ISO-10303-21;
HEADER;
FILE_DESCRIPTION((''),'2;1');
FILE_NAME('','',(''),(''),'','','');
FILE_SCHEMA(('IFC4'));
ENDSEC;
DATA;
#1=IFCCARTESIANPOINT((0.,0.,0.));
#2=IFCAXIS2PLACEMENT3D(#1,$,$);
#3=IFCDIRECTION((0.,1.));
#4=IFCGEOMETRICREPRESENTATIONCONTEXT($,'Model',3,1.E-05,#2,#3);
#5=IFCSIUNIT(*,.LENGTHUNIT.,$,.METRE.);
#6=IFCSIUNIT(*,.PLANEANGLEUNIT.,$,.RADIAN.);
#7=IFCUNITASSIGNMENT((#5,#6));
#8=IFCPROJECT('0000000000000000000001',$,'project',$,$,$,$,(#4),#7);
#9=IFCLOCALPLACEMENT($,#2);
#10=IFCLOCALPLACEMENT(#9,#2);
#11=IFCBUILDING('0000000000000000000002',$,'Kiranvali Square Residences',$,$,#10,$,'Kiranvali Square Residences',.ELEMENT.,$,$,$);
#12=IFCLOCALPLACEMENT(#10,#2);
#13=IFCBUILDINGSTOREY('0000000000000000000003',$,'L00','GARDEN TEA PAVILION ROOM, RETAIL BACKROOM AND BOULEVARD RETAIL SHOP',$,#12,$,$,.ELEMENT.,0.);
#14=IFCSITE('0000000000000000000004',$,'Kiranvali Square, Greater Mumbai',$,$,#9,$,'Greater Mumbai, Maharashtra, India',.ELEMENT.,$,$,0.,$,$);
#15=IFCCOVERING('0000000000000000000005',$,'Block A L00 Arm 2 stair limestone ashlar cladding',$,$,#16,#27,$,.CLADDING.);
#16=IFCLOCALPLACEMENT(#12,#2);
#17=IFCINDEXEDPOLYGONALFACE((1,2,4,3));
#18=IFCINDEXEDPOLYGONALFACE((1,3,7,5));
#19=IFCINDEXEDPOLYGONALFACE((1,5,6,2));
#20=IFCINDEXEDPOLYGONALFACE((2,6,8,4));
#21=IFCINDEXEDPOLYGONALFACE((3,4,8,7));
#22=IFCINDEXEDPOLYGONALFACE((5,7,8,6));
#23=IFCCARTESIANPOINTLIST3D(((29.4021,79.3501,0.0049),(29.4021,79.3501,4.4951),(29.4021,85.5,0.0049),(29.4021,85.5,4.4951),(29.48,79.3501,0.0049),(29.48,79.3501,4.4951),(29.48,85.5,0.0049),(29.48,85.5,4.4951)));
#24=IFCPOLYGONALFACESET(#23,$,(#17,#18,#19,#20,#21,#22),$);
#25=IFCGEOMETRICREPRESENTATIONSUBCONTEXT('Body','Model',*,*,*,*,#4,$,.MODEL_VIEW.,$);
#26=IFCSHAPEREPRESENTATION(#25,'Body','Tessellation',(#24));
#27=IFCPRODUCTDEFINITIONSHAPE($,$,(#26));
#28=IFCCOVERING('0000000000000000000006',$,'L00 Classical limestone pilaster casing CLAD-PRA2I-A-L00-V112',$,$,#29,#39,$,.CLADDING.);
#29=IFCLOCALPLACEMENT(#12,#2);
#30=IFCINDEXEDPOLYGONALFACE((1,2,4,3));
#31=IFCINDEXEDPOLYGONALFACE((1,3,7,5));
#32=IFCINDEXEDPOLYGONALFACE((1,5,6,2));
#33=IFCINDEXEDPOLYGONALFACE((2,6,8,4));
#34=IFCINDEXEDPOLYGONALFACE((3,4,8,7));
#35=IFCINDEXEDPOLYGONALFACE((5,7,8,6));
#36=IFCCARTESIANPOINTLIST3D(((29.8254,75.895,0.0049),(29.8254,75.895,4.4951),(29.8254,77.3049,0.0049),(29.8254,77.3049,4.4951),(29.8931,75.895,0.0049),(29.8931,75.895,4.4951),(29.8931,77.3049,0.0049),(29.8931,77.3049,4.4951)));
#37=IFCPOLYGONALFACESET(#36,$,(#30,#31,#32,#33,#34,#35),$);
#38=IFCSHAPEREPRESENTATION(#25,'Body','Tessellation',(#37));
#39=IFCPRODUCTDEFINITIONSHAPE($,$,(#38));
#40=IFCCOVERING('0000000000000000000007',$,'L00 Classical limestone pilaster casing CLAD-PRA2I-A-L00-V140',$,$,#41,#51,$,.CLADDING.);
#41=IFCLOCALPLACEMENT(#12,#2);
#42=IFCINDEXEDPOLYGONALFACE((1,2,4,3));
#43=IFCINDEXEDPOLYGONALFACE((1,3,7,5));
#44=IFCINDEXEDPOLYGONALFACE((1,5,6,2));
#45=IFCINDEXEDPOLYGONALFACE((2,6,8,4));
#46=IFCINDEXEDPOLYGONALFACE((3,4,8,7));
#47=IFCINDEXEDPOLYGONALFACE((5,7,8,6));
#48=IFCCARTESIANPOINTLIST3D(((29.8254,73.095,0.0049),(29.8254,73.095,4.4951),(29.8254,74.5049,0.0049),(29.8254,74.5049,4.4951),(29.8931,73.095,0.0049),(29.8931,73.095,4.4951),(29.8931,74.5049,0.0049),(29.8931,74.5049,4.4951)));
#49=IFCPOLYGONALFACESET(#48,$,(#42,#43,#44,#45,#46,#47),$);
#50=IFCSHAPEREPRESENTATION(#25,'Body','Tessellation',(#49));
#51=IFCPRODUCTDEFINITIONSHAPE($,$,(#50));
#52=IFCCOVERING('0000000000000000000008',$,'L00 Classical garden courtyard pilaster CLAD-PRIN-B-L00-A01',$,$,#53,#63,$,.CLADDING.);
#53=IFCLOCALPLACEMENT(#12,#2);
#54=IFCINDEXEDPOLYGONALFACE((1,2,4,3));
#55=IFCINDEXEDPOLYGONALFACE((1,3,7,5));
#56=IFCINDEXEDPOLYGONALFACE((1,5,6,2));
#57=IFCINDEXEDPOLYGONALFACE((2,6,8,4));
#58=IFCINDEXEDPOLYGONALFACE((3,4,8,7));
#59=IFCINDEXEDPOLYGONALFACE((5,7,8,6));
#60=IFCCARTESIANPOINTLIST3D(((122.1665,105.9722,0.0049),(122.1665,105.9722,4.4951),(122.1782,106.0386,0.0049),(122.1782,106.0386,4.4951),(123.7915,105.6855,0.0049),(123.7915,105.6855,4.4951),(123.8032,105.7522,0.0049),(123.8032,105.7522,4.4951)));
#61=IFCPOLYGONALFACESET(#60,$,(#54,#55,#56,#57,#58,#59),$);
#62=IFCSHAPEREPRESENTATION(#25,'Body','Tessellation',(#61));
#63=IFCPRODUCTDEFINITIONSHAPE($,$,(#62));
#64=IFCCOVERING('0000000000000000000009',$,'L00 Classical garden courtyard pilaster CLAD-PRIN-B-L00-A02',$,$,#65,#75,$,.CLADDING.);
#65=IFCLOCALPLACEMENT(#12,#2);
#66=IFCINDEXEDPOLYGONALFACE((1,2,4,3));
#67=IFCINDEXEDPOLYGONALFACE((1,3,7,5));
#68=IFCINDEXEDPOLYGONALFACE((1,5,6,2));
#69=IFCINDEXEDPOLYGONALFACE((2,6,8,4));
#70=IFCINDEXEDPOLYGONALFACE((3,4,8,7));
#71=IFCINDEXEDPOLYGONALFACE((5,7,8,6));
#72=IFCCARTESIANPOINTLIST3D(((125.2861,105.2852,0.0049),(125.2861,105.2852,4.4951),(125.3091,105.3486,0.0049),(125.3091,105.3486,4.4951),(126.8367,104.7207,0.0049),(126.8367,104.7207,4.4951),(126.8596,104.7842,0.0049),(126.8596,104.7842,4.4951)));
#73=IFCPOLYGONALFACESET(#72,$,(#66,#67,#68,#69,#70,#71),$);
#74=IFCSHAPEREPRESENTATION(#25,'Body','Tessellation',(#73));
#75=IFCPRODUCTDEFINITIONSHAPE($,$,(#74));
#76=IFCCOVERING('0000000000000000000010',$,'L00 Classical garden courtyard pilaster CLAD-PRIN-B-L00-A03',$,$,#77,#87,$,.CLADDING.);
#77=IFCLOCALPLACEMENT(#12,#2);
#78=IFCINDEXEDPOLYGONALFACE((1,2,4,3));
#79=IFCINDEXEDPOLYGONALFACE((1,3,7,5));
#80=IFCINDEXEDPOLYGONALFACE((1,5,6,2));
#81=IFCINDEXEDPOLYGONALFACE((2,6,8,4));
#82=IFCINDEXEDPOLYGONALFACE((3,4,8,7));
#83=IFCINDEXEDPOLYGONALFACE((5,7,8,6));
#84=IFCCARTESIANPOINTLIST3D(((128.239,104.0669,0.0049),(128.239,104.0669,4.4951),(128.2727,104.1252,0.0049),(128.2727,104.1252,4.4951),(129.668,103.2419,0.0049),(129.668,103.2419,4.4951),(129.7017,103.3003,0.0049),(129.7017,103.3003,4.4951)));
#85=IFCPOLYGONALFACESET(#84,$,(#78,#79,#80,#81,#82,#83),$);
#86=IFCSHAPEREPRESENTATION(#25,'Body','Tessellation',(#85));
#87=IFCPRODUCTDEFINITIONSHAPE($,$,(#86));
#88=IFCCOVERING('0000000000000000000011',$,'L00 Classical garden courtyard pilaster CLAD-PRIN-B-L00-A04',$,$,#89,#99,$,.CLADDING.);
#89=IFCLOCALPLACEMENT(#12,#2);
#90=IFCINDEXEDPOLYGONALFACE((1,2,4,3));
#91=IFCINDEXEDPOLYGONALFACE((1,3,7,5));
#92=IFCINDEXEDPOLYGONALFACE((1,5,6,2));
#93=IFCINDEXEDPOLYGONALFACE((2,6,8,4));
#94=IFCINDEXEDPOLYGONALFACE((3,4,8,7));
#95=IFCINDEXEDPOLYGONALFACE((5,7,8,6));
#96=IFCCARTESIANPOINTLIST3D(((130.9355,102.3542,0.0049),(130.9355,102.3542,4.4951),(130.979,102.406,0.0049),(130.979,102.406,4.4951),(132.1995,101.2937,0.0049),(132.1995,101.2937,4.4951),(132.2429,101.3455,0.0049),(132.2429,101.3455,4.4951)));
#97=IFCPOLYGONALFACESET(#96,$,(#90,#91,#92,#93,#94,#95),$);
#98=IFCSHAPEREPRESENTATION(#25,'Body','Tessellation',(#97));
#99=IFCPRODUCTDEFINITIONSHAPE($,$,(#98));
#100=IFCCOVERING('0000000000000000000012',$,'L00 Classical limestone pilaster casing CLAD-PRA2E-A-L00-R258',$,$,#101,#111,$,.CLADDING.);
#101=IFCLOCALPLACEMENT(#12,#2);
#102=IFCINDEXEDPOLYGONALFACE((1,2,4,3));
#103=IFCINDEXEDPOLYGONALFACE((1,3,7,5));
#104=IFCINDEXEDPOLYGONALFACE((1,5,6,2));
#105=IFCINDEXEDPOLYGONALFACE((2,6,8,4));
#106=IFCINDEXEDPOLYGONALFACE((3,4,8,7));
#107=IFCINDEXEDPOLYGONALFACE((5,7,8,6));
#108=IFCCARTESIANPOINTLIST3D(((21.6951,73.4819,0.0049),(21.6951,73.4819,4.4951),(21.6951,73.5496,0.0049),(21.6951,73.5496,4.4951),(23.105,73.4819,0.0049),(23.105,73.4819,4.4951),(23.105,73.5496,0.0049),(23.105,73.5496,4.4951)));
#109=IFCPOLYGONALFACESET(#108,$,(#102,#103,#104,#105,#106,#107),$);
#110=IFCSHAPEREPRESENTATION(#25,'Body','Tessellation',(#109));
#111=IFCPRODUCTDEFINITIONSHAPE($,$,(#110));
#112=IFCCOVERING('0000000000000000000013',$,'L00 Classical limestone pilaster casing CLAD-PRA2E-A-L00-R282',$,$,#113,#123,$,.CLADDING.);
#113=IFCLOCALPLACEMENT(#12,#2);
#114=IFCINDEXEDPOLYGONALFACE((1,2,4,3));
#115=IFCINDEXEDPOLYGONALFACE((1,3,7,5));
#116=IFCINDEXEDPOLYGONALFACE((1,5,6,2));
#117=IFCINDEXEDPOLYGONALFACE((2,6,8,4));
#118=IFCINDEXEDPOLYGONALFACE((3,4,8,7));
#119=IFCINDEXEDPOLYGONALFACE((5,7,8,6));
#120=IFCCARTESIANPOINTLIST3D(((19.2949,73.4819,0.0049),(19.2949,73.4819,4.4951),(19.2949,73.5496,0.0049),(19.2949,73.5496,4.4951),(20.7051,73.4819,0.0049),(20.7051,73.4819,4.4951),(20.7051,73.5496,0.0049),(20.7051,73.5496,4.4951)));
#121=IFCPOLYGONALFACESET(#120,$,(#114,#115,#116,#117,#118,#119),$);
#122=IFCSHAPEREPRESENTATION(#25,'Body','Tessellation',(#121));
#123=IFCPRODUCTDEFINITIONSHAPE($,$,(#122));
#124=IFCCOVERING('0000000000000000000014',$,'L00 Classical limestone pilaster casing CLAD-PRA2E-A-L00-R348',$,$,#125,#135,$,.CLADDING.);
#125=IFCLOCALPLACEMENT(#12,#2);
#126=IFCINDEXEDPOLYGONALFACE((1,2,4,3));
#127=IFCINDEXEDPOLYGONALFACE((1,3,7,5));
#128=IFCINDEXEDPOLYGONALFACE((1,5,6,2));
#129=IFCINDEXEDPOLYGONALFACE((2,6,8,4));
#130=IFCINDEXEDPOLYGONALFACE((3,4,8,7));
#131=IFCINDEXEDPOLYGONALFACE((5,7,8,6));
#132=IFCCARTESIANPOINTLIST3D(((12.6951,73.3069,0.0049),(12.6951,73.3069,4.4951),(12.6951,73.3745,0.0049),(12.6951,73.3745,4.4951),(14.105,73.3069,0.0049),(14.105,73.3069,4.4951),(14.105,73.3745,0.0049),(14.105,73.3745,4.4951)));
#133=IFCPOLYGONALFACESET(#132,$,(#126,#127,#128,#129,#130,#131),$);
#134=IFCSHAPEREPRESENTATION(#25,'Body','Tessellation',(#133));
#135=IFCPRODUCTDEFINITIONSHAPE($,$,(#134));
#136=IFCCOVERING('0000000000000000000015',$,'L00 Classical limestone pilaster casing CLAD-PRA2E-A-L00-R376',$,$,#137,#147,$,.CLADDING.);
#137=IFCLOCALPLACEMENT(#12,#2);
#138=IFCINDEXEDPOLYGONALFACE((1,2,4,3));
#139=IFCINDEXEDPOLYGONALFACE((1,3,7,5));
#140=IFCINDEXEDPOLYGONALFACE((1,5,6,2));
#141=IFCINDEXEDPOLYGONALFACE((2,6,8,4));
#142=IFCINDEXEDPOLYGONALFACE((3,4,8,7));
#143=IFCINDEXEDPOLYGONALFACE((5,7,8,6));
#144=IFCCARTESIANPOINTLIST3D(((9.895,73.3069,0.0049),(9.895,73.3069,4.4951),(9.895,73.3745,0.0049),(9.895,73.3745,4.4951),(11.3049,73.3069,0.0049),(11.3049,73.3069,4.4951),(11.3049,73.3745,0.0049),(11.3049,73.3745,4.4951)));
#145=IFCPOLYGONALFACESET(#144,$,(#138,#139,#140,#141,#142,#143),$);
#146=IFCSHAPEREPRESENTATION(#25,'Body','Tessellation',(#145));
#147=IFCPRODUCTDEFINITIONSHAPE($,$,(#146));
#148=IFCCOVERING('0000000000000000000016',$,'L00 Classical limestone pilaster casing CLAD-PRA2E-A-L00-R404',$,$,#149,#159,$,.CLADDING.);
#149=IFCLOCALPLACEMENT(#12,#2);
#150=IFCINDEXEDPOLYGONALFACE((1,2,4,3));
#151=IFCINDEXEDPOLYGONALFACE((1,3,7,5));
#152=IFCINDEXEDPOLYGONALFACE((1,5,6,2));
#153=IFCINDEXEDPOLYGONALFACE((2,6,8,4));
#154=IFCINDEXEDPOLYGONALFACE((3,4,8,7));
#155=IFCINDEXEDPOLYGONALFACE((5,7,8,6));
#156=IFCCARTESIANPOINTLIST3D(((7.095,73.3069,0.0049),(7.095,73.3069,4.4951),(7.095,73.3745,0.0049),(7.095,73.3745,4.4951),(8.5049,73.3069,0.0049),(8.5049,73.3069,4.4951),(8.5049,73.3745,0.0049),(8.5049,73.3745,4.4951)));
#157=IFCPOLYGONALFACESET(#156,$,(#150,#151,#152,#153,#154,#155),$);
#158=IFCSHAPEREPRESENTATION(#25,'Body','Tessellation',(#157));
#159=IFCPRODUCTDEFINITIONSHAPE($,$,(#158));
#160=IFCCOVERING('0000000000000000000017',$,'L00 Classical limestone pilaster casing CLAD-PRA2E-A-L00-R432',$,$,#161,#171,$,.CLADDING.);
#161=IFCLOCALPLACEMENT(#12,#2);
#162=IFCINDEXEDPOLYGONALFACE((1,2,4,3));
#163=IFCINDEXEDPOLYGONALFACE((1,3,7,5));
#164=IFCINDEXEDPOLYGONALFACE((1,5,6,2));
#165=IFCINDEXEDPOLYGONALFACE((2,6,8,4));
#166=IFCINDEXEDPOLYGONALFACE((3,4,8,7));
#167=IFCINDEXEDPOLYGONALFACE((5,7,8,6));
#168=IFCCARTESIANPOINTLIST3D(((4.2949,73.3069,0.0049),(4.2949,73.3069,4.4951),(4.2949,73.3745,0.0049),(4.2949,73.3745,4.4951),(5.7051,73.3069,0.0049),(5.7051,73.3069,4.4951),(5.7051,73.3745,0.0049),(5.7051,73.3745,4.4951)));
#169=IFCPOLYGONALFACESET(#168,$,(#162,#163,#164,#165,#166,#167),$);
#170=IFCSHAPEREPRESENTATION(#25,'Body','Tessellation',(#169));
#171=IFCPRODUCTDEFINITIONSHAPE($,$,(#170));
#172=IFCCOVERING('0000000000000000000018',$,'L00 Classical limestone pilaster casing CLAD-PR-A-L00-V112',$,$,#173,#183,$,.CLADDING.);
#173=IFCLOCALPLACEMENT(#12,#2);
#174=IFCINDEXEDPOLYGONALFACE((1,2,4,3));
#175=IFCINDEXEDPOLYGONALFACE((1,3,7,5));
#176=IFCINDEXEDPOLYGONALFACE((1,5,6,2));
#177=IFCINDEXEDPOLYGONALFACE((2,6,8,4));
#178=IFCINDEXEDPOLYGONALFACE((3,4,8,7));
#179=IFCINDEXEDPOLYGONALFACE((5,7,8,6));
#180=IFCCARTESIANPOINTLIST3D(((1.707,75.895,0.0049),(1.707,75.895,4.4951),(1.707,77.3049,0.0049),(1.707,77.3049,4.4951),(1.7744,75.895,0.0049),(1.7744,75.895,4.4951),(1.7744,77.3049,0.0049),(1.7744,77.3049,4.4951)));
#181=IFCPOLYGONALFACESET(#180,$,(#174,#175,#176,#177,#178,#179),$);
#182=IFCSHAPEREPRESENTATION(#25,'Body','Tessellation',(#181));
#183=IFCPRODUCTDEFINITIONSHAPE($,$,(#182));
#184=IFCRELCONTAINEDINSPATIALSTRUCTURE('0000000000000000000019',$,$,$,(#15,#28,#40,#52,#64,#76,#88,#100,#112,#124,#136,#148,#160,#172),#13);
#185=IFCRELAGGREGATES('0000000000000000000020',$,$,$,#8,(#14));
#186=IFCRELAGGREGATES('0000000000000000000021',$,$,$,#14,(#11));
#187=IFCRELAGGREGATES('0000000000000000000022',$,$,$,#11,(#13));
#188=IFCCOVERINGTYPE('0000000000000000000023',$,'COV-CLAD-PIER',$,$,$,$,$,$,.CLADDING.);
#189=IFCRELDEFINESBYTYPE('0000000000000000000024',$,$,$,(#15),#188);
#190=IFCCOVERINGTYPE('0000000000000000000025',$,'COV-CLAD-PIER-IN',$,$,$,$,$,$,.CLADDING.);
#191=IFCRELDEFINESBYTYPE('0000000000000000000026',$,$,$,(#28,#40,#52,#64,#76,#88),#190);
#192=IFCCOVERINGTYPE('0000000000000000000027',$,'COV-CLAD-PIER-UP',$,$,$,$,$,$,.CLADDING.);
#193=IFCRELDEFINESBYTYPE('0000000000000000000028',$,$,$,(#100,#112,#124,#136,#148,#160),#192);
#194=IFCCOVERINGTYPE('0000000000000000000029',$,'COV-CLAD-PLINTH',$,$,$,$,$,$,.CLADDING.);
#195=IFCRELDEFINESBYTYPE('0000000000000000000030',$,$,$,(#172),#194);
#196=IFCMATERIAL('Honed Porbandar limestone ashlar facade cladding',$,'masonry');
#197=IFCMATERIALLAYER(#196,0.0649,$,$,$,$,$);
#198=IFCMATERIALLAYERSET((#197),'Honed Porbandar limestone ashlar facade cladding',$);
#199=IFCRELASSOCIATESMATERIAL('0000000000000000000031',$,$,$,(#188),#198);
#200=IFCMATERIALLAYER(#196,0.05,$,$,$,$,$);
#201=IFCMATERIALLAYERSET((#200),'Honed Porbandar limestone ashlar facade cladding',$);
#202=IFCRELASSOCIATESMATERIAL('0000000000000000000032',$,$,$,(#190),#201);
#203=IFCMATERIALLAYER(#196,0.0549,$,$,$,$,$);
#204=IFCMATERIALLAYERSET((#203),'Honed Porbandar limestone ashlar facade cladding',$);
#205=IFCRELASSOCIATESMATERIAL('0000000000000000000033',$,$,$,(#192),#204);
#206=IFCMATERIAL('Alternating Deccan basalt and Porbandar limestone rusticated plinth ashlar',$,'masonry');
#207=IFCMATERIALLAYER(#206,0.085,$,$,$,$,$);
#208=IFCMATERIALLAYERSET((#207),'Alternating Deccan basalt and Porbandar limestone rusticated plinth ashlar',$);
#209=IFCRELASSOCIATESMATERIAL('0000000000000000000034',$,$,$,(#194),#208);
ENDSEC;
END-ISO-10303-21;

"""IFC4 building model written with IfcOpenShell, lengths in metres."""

from ifc_helpers import new_model, si_unit, direction, frame, origin, place, context, subcontext, project, spatial, polyline, outline, extrude, material, layer, layer_set, type_object, element, save


model = new_model("IFC4")

# Units and contexts
model_context = context("Model", 3, precision=1e-05, world=origin(), true_north=direction((0.0, 1.0)))
body_context = subcontext(model_context, "Body", "Model", "MODEL_VIEW")
ifc_project = project(units=[si_unit("LENGTHUNIT", "METRE"), si_unit("PLANEANGLEUNIT", "RADIAN")], contexts=[model_context])

# Site, building, storey
site_placement = place(None, origin())
site = spatial("IfcSite", under=ifc_project, at=site_placement, Name="Kiranvali Square, Greater Mumbai", LongName="Greater Mumbai, Maharashtra, India", CompositionType="ELEMENT", RefElevation=0.0)
building_placement = place(site_placement, origin())
building = spatial("IfcBuilding", under=site, at=building_placement, Name="Kiranvali Square Residences", LongName="Kiranvali Square Residences", CompositionType="ELEMENT")
storey_placement = place(building_placement, origin())
storey = spatial("IfcBuildingStorey", under=building, at=storey_placement, Name="L00", Description="GARDEN TEA PAVILION ROOM, RETAIL BACKROOM AND BOULEVARD RETAIL SHOP", CompositionType="ELEMENT", Elevation=0.0)

# Coverings
ifc_material_1 = material(Name="Honed Porbandar limestone ashlar facade cladding", Category="masonry")
ifc_layer_1 = layer(ifc_material_1, 0.0649)
ifc_layer_set_1 = layer_set([ifc_layer_1], Name="Honed Porbandar limestone ashlar facade cladding")
covering_type_1 = type_object("IfcCoveringType", Name="COV-CLAD-PIER", PredefinedType="CLADDING", material=ifc_layer_set_1)
covering_1_placement = place(storey_placement, frame((0.0, 0.0, 0.0049)))
element("IfcCovering", 1, at=covering_1_placement, inside=storey, type_object=covering_type_1, Name="Block A L00 Arm 2 stair limestone ashlar cladding", PredefinedType="CLADDING", context=body_context, shape_type="SweptSolid", body=[
    extrude(outline(polyline([(29.4021, 85.5), (29.4021, 79.3501), (29.48, 79.3501), (29.48, 85.5), (29.4021, 85.5)])), origin(), (0.0, 0.0, 1.0), 4.4902),
])
ifc_layer_2 = layer(ifc_material_1, 0.05)
ifc_layer_set_2 = layer_set([ifc_layer_2], Name="Honed Porbandar limestone ashlar facade cladding")
covering_type_2 = type_object("IfcCoveringType", Name="COV-CLAD-PIER-IN", PredefinedType="CLADDING", material=ifc_layer_set_2)
covering_2_placement = place(storey_placement, frame((0.0, 0.0, 0.0049)))
element("IfcCovering", 2, at=covering_2_placement, inside=storey, type_object=covering_type_2, Name="L00 Classical limestone pilaster casing CLAD-PRA2I-A-L00-V112", PredefinedType="CLADDING", context=body_context, shape_type="SweptSolid", body=[
    extrude(outline(polyline([(29.8254, 77.3049), (29.8254, 75.895), (29.8931, 75.895), (29.8931, 77.3049), (29.8254, 77.3049)])), origin(), (0.0, 0.0, 1.0), 4.4902),
])
covering_3_placement = place(storey_placement, frame((0.0, 0.0, 0.0049)))
element("IfcCovering", 3, at=covering_3_placement, inside=storey, type_object=covering_type_2, Name="L00 Classical limestone pilaster casing CLAD-PRA2I-A-L00-V140", PredefinedType="CLADDING", context=body_context, shape_type="SweptSolid", body=[
    extrude(outline(polyline([(29.8254, 74.5049), (29.8254, 73.095), (29.8931, 73.095), (29.8931, 74.5049), (29.8254, 74.5049)])), origin(), (0.0, 0.0, 1.0), 4.4902),
])
covering_4_placement = place(storey_placement, frame((0.0, 0.0, 0.0049)))
element("IfcCovering", 4, at=covering_4_placement, inside=storey, type_object=covering_type_2, Name="L00 Classical garden courtyard pilaster CLAD-PRIN-B-L00-A01", PredefinedType="CLADDING", context=body_context, shape_type="SweptSolid", body=[
    extrude(outline(polyline([(122.1665, 105.9722), (123.7915, 105.6855), (123.8032, 105.7522), (122.1782, 106.0386), (122.1665, 105.9722)])), origin(), (0.0, 0.0, 1.0), 4.4902),
])
covering_5_placement = place(storey_placement, frame((0.0, 0.0, 0.0049)))
element("IfcCovering", 5, at=covering_5_placement, inside=storey, type_object=covering_type_2, Name="L00 Classical garden courtyard pilaster CLAD-PRIN-B-L00-A02", PredefinedType="CLADDING", context=body_context, shape_type="SweptSolid", body=[
    extrude(outline(polyline([(125.2861, 105.2852), (126.8367, 104.7207), (126.8596, 104.7842), (125.3091, 105.3486), (125.2861, 105.2852)])), origin(), (0.0, 0.0, 1.0), 4.4902),
])
covering_6_placement = place(storey_placement, frame((0.0, 0.0, 0.0049)))
element("IfcCovering", 6, at=covering_6_placement, inside=storey, type_object=covering_type_2, Name="L00 Classical garden courtyard pilaster CLAD-PRIN-B-L00-A03", PredefinedType="CLADDING", context=body_context, shape_type="SweptSolid", body=[
    extrude(outline(polyline([(128.239, 104.0669), (129.668, 103.2419), (129.7017, 103.3003), (128.2727, 104.1252), (128.239, 104.0669)])), origin(), (0.0, 0.0, 1.0), 4.4902),
])
covering_7_placement = place(storey_placement, frame((0.0, 0.0, 0.0049)))
element("IfcCovering", 7, at=covering_7_placement, inside=storey, type_object=covering_type_2, Name="L00 Classical garden courtyard pilaster CLAD-PRIN-B-L00-A04", PredefinedType="CLADDING", context=body_context, shape_type="SweptSolid", body=[
    extrude(outline(polyline([(130.9355, 102.3542), (132.1995, 101.2937), (132.2429, 101.3455), (130.979, 102.406), (130.9355, 102.3542)])), origin(), (0.0, 0.0, 1.0), 4.4902),
])
ifc_layer_3 = layer(ifc_material_1, 0.0549)
ifc_layer_set_3 = layer_set([ifc_layer_3], Name="Honed Porbandar limestone ashlar facade cladding")
covering_type_3 = type_object("IfcCoveringType", Name="COV-CLAD-PIER-UP", PredefinedType="CLADDING", material=ifc_layer_set_3)
covering_8_placement = place(storey_placement, frame((0.0, 0.0, 0.0049)))
element("IfcCovering", 8, at=covering_8_placement, inside=storey, type_object=covering_type_3, Name="L00 Classical limestone pilaster casing CLAD-PRA2E-A-L00-R258", PredefinedType="CLADDING", context=body_context, shape_type="SweptSolid", body=[
    extrude(outline(polyline([(23.105, 73.5496), (21.6951, 73.5496), (21.6951, 73.4819), (23.105, 73.4819), (23.105, 73.5496)])), origin(), (0.0, 0.0, 1.0), 4.4902),
])
covering_9_placement = place(storey_placement, frame((0.0, 0.0, 0.0049)))
element("IfcCovering", 9, at=covering_9_placement, inside=storey, type_object=covering_type_3, Name="L00 Classical limestone pilaster casing CLAD-PRA2E-A-L00-R282", PredefinedType="CLADDING", context=body_context, shape_type="SweptSolid", body=[
    extrude(outline(polyline([(20.7051, 73.5496), (19.2949, 73.5496), (19.2949, 73.4819), (20.7051, 73.4819), (20.7051, 73.5496)])), origin(), (0.0, 0.0, 1.0), 4.4902),
])
covering_10_placement = place(storey_placement, frame((0.0, 0.0, 0.0049)))
element("IfcCovering", 10, at=covering_10_placement, inside=storey, type_object=covering_type_3, Name="L00 Classical limestone pilaster casing CLAD-PRA2E-A-L00-R348", PredefinedType="CLADDING", context=body_context, shape_type="SweptSolid", body=[
    extrude(outline(polyline([(14.105, 73.3745), (12.6951, 73.3745), (12.6951, 73.3069), (14.105, 73.3069), (14.105, 73.3745)])), origin(), (0.0, 0.0, 1.0), 4.4902),
])
covering_11_placement = place(storey_placement, frame((0.0, 0.0, 0.0049)))
element("IfcCovering", 11, at=covering_11_placement, inside=storey, type_object=covering_type_3, Name="L00 Classical limestone pilaster casing CLAD-PRA2E-A-L00-R376", PredefinedType="CLADDING", context=body_context, shape_type="SweptSolid", body=[
    extrude(outline(polyline([(11.3049, 73.3745), (9.895, 73.3745), (9.895, 73.3069), (11.3049, 73.3069), (11.3049, 73.3745)])), origin(), (0.0, 0.0, 1.0), 4.4902),
])
covering_12_placement = place(storey_placement, frame((0.0, 0.0, 0.0049)))
element("IfcCovering", 12, at=covering_12_placement, inside=storey, type_object=covering_type_3, Name="L00 Classical limestone pilaster casing CLAD-PRA2E-A-L00-R404", PredefinedType="CLADDING", context=body_context, shape_type="SweptSolid", body=[
    extrude(outline(polyline([(8.5049, 73.3745), (7.095, 73.3745), (7.095, 73.3069), (8.5049, 73.3069), (8.5049, 73.3745)])), origin(), (0.0, 0.0, 1.0), 4.4902),
])
covering_13_placement = place(storey_placement, frame((0.0, 0.0, 0.0049)))
element("IfcCovering", 13, at=covering_13_placement, inside=storey, type_object=covering_type_3, Name="L00 Classical limestone pilaster casing CLAD-PRA2E-A-L00-R432", PredefinedType="CLADDING", context=body_context, shape_type="SweptSolid", body=[
    extrude(outline(polyline([(5.7051, 73.3745), (4.2949, 73.3745), (4.2949, 73.3069), (5.7051, 73.3069), (5.7051, 73.3745)])), origin(), (0.0, 0.0, 1.0), 4.4902),
])
ifc_material_2 = material(Name="Alternating Deccan basalt and Porbandar limestone rusticated plinth ashlar", Category="masonry")
ifc_layer_4 = layer(ifc_material_2, 0.085)
ifc_layer_set_4 = layer_set([ifc_layer_4], Name="Alternating Deccan basalt and Porbandar limestone rusticated plinth ashlar")
covering_type_4 = type_object("IfcCoveringType", Name="COV-CLAD-PLINTH", PredefinedType="CLADDING", material=ifc_layer_set_4)
covering_14_placement = place(storey_placement, frame((0.0, 0.0, 0.0049)))
element("IfcCovering", 14, at=covering_14_placement, inside=storey, type_object=covering_type_4, Name="L00 Classical limestone pilaster casing CLAD-PR-A-L00-V112", PredefinedType="CLADDING", context=body_context, shape_type="SweptSolid", body=[
    extrude(outline(polyline([(1.707, 77.3049), (1.707, 75.895), (1.7744, 75.895), (1.7744, 77.3049), (1.707, 77.3049)])), origin(), (0.0, 0.0, 1.0), 4.4902),
])

save(model, "model.ifc")
